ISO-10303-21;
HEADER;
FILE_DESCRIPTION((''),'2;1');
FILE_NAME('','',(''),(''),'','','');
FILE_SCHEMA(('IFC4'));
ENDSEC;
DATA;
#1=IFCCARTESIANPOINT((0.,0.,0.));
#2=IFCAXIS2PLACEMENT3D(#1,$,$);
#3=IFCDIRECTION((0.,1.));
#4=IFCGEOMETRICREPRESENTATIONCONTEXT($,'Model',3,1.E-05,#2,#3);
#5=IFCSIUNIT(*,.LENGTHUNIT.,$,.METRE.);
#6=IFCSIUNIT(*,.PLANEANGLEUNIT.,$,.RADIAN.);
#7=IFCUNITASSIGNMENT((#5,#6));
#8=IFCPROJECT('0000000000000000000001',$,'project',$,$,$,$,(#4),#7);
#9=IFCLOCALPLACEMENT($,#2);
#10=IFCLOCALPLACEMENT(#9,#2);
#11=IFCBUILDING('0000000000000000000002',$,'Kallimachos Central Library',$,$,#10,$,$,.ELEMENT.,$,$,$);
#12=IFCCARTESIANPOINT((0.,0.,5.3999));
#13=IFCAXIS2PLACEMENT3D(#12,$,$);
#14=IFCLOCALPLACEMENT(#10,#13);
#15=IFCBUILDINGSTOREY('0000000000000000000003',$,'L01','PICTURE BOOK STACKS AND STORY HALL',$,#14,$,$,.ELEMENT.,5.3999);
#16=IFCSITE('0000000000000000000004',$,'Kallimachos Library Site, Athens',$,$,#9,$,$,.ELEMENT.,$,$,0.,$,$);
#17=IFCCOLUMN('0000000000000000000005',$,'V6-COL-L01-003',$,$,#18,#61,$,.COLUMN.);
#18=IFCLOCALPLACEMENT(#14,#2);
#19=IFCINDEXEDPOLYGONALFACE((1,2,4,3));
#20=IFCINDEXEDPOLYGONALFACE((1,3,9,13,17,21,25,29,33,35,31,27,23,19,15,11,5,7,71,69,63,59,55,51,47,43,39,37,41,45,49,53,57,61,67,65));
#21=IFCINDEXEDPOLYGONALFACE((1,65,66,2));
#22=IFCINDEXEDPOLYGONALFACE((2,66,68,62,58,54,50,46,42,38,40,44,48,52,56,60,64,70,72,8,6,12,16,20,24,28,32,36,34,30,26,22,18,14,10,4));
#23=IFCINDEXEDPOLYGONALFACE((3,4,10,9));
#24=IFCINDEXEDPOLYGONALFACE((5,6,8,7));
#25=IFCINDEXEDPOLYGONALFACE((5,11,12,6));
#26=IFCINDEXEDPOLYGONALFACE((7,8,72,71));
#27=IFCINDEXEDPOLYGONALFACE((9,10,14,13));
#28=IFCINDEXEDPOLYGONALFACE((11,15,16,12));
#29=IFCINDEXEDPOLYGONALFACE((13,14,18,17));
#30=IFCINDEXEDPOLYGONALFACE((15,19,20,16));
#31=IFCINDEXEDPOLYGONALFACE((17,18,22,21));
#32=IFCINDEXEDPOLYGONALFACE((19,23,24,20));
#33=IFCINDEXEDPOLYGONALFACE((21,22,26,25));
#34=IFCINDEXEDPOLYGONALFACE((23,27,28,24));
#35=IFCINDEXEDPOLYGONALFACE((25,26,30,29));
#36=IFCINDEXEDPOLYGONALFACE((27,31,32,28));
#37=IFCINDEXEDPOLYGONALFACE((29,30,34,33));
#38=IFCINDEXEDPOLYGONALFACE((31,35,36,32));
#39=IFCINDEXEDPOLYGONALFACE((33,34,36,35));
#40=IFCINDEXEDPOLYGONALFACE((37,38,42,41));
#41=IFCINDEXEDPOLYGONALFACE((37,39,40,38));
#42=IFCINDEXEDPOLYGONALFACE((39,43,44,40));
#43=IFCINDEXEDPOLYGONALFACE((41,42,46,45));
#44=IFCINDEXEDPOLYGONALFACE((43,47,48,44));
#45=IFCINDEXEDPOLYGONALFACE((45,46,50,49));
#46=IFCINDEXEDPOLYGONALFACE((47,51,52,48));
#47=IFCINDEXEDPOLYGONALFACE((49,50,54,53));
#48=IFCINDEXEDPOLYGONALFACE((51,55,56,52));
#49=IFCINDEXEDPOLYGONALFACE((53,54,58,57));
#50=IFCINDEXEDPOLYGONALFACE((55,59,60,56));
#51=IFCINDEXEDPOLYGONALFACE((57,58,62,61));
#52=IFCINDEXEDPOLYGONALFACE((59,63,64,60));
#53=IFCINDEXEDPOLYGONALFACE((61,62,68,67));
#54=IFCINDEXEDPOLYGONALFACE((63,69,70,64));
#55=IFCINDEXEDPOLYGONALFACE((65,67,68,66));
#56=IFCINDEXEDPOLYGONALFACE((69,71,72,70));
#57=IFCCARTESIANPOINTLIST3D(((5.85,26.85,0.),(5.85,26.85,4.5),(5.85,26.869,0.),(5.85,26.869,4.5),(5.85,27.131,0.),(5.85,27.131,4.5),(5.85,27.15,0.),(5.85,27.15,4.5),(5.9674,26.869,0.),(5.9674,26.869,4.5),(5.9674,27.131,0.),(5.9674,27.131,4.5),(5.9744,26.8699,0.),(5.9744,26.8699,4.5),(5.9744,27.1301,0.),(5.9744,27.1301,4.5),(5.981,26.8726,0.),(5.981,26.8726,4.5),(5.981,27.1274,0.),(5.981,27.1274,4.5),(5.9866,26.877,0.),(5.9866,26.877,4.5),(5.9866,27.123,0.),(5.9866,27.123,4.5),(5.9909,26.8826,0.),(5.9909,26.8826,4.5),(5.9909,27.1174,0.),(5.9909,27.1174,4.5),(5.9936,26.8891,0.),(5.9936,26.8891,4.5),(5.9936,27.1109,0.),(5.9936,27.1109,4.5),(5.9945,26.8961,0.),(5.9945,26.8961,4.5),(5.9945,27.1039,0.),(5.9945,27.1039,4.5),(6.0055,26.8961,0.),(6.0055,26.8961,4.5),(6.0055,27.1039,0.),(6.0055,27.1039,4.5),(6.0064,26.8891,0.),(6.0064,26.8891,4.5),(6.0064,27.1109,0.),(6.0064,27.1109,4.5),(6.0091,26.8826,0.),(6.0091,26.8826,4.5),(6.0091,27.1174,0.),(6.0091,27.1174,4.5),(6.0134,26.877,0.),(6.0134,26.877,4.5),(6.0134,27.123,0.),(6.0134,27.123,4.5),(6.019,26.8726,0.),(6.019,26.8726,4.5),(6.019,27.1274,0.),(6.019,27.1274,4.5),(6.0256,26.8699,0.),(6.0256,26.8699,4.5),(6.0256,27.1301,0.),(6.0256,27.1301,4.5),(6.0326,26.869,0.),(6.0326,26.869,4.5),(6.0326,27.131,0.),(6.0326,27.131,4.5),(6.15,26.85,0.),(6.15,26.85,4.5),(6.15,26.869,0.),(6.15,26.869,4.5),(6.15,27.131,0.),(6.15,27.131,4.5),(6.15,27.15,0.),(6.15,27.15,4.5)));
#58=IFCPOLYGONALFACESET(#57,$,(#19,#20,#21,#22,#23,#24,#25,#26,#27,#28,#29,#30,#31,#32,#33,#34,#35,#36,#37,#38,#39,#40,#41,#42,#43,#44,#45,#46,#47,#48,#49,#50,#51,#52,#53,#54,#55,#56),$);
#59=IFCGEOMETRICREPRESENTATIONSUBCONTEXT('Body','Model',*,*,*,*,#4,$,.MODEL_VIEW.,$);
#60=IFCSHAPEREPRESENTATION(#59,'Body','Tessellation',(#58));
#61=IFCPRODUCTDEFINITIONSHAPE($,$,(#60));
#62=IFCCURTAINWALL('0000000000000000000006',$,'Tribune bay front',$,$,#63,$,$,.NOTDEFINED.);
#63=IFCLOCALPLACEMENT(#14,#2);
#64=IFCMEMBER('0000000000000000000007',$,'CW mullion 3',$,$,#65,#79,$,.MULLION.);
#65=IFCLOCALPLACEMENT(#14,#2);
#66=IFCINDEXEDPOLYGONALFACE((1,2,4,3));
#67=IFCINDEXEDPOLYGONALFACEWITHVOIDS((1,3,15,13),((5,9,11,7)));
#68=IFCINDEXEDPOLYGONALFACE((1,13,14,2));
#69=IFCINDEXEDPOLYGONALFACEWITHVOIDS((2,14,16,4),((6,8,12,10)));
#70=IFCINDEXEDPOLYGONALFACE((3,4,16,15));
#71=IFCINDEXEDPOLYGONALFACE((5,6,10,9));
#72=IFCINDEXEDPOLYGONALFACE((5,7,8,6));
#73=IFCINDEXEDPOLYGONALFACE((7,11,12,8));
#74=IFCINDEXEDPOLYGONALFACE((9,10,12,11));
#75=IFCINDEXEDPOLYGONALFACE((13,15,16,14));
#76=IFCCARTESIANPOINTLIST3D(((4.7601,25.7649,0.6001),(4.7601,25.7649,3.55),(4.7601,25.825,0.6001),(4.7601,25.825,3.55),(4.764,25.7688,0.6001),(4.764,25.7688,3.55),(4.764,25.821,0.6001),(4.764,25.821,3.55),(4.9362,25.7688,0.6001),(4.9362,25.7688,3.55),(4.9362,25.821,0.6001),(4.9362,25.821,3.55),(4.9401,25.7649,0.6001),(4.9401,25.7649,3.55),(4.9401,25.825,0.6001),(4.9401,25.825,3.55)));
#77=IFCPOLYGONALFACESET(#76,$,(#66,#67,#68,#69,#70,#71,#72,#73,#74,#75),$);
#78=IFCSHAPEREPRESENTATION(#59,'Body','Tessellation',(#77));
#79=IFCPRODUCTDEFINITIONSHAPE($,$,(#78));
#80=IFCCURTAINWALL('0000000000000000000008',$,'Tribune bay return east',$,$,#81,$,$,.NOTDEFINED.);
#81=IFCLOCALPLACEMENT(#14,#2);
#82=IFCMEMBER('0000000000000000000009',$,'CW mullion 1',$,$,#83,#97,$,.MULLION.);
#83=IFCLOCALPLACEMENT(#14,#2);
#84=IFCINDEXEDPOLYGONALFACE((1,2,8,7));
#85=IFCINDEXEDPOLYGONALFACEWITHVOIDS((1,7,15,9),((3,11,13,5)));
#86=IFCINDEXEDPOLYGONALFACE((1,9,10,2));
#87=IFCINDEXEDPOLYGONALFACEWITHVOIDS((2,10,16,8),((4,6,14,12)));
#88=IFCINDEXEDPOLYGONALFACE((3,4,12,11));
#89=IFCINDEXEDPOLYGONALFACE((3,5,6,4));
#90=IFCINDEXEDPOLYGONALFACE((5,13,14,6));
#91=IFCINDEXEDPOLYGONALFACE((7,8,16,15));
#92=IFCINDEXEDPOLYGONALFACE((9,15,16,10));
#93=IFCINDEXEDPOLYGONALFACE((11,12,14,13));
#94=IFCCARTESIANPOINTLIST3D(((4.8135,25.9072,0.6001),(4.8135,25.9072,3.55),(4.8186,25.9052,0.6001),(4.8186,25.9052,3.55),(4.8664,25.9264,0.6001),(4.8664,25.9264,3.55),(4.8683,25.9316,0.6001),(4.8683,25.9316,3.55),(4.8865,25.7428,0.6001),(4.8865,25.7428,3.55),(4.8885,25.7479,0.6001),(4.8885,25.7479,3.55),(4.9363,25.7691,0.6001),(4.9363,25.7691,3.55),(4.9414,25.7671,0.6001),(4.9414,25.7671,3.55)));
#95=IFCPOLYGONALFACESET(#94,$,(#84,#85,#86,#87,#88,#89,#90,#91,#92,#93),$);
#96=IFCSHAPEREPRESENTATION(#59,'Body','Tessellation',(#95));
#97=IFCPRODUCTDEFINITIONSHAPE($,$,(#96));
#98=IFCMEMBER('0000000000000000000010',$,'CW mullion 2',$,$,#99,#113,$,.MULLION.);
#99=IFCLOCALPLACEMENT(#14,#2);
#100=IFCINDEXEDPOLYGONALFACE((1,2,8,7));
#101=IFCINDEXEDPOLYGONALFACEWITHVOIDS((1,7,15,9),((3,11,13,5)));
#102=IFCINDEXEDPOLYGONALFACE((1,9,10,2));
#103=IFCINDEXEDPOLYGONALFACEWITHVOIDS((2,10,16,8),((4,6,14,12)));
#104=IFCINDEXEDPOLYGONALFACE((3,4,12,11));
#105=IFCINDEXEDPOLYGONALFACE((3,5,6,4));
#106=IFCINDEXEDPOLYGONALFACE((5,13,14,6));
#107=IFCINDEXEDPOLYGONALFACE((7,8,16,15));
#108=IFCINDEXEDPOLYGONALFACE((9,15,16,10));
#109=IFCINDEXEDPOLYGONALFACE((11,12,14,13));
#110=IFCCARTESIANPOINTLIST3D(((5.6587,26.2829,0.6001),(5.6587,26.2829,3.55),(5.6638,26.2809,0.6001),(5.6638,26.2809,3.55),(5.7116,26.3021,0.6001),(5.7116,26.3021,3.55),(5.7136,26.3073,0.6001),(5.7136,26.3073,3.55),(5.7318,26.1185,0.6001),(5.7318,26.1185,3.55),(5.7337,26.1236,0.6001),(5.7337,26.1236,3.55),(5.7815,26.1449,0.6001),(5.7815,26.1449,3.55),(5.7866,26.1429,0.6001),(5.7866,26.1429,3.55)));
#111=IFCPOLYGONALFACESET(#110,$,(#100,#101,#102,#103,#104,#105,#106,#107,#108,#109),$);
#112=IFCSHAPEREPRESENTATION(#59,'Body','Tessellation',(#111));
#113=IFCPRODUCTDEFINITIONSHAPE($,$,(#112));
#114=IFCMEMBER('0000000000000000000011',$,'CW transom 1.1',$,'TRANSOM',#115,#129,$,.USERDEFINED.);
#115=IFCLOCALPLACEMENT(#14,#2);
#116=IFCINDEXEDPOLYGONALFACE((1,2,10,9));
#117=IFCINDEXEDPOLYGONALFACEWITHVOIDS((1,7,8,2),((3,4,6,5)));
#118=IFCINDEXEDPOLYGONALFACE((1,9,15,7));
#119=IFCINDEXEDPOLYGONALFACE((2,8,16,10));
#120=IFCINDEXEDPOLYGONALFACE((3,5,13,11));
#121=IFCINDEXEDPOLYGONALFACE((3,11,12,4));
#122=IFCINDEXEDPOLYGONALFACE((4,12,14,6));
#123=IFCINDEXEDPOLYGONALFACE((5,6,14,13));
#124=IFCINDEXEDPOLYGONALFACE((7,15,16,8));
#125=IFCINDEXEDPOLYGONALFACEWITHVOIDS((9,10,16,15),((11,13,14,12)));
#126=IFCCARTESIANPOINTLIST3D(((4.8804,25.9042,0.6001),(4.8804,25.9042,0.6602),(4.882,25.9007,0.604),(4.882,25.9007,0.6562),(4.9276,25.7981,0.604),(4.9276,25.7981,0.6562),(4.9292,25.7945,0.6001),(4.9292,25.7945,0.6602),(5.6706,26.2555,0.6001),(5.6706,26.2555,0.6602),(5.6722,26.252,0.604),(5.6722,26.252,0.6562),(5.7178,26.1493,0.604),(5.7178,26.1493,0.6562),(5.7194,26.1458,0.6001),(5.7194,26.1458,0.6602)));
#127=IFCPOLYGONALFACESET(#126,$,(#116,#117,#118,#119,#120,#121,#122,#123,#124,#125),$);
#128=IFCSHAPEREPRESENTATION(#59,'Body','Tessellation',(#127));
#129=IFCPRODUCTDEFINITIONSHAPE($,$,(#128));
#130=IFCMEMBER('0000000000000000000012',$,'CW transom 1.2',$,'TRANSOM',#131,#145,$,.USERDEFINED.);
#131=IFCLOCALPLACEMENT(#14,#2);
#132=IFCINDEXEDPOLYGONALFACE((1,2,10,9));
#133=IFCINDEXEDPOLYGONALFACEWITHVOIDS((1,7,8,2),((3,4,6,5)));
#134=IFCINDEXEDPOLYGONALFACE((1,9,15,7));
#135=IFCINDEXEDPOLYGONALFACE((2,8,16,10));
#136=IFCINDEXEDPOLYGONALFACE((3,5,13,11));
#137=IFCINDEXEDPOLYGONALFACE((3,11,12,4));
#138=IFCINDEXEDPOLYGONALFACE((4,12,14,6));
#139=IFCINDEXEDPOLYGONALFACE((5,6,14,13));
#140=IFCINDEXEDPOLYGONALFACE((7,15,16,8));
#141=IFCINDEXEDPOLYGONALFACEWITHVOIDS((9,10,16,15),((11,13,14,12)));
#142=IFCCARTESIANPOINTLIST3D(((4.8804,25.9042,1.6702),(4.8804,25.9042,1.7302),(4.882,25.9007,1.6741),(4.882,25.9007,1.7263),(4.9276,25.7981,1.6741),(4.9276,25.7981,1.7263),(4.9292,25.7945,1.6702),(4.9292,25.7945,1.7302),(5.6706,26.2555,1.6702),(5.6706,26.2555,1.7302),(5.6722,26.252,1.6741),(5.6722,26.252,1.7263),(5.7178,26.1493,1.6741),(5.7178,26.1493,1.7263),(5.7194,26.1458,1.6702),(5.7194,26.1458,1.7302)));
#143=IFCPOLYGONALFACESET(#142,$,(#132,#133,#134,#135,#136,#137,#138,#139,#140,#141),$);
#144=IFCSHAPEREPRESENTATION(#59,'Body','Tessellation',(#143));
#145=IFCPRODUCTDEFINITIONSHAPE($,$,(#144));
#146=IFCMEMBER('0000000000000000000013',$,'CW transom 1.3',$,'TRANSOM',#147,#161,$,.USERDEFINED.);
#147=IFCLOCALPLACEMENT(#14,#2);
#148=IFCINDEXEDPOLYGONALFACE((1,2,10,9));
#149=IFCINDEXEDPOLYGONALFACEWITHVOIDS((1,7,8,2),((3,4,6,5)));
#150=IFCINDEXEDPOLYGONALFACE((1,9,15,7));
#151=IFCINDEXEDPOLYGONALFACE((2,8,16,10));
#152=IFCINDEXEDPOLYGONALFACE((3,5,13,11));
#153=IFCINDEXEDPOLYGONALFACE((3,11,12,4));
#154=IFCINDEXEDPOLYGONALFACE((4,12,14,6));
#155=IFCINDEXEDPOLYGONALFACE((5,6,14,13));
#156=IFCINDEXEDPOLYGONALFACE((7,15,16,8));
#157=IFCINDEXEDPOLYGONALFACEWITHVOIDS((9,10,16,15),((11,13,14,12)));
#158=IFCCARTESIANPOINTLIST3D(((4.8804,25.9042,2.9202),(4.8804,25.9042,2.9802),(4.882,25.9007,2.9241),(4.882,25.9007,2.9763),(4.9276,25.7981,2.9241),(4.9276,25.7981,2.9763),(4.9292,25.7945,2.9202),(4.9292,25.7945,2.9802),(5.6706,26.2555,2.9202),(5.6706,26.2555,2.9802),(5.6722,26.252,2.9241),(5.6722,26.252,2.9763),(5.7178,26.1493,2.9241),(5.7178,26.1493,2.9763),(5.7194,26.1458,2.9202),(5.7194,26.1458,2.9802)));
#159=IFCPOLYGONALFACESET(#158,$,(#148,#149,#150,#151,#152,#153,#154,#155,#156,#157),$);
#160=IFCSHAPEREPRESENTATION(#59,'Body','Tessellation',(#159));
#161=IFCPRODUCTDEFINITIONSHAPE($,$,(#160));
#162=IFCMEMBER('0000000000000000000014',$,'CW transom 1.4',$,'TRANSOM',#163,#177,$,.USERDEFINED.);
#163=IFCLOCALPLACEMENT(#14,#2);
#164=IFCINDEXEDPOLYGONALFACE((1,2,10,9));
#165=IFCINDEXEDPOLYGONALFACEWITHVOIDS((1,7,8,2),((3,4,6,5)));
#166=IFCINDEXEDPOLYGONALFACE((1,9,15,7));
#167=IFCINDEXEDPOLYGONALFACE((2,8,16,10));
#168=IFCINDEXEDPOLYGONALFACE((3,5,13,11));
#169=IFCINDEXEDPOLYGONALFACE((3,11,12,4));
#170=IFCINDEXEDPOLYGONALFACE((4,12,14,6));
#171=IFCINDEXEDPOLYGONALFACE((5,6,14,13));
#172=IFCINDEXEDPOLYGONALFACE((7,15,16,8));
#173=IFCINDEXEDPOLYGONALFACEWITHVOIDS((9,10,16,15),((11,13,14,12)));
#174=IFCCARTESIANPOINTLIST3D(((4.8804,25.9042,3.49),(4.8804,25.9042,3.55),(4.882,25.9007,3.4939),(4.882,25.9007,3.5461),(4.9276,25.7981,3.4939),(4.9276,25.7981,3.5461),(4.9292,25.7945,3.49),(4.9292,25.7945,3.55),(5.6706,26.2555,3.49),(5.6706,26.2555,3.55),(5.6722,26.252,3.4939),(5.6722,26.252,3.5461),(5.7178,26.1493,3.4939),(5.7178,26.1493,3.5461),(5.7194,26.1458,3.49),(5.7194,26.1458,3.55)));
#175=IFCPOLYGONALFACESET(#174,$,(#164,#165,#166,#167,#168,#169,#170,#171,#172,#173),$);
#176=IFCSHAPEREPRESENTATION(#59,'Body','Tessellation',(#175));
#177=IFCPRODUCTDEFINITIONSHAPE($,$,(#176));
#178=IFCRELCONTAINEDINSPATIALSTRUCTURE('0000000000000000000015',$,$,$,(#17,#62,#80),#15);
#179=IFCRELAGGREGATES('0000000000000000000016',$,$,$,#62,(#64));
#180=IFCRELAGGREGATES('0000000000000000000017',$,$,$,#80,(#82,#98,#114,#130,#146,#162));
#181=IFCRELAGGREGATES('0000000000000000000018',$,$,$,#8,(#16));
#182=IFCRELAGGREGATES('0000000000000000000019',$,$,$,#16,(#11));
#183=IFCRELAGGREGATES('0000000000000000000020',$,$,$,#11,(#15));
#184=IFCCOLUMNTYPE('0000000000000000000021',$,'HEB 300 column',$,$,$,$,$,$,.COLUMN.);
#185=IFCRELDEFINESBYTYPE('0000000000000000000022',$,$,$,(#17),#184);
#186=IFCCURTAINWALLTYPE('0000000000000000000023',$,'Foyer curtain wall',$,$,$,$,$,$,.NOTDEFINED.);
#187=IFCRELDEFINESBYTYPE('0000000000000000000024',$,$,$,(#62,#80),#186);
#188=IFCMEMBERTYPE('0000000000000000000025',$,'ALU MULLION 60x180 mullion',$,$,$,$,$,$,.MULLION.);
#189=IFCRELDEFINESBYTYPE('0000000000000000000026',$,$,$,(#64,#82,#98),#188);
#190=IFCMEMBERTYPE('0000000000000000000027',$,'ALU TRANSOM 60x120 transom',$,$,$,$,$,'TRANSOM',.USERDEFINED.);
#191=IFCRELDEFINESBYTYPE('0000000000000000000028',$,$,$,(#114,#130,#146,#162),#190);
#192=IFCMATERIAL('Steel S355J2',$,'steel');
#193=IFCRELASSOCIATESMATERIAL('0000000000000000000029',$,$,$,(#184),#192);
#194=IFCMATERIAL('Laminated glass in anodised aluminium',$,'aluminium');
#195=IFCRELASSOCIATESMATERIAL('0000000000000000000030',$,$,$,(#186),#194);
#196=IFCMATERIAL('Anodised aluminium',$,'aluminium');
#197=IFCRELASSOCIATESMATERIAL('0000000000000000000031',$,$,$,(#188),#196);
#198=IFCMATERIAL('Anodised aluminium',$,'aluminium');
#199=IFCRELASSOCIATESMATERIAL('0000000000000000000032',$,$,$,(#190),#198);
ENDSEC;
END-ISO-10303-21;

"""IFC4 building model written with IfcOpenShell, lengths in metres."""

from ifc_helpers import new_model, si_unit, direction, frame, origin, origin_2d, place, context, subcontext, project, spatial, hollow_rectangle, i_section, extrude, material, material_profile, profile_set, type_object, element, aggregate, save


model = new_model("IFC4")

# Units and contexts
model_context = context("Model", 3, precision=1e-05, world=origin(), true_north=direction((0.0, 1.0)))
body_context = subcontext(model_context, "Body", "Model", "MODEL_VIEW")
ifc_project = project(units=[si_unit("LENGTHUNIT", "METRE"), si_unit("PLANEANGLEUNIT", "RADIAN")], contexts=[model_context])

# Site, building, storey
site_placement = place(None, origin())
site = spatial("IfcSite", under=ifc_project, at=site_placement, Name="Kallimachos Library Site, Athens", CompositionType="ELEMENT", RefElevation=0.0)
building_placement = place(site_placement, origin())
building = spatial("IfcBuilding", under=site, at=building_placement, Name="Kallimachos Central Library", CompositionType="ELEMENT")
storey_placement = place(building_placement, frame((0.0, 0.0, 5.3999)))
storey = spatial("IfcBuildingStorey", under=building, at=storey_placement, Name="L01", Description="PICTURE BOOK STACKS AND STORY HALL", CompositionType="ELEMENT", Elevation=5.3999)

# Column
ifc_material_1 = material(Name="Steel S355J2", Category="steel")
ifc_material_profile_1 = material_profile(ifc_material_1, i_section(OverallWidth=0.3, OverallDepth=0.3, WebThickness=0.011, FlangeThickness=0.019, FilletRadius=0.0271, at=origin_2d()), Name="HEB 300")
ifc_profile_set_1 = profile_set([ifc_material_profile_1], Name="Steel S355J2")
column_type = type_object("IfcColumnType", Name="HEB 300 column", PredefinedType="COLUMN", material=ifc_profile_set_1)
column_placement = place(storey_placement, frame((6.0, 27.0, 0.0), z_axis=(0.0, 0.0, 1.0), x_axis=(1.0, 0.0, 0.0)))
element("IfcColumn", 1, at=column_placement, inside=storey, type_object=column_type, Name="V6-COL-L01-003", PredefinedType="COLUMN", context=body_context, shape_type="SweptSolid", body=[
    extrude(i_section(OverallWidth=0.3, OverallDepth=0.3, WebThickness=0.011, FlangeThickness=0.019, FilletRadius=0.0271, at=origin_2d()), origin(), (0.0, 0.0, 1.0), 4.5),
])

# Curtain wall, member
ifc_material_2 = material(Name="Laminated glass in anodised aluminium", Category="aluminium")
curtain_wall_type = type_object("IfcCurtainWallType", Name="Foyer curtain wall", PredefinedType="NOTDEFINED", material=ifc_material_2)
curtain_wall_1_placement = place(storey_placement, origin())
curtain_wall_1 = element("IfcCurtainWall", 2, at=curtain_wall_1_placement, inside=storey, type_object=curtain_wall_type, Name="Tribune bay front", PredefinedType="NOTDEFINED")
ifc_material_3 = material(Name="Anodised aluminium", Category="aluminium")
ifc_material_profile_2 = material_profile(ifc_material_3, hollow_rectangle(XDim=0.0601, YDim=0.1799, WallThickness=0.0039, at=origin_2d()), Name="ALU MULLION 60x180")
ifc_profile_set_2 = profile_set([ifc_material_profile_2], Name="Anodised aluminium")
member_type_1 = type_object("IfcMemberType", Name="ALU MULLION 60x180 mullion", PredefinedType="MULLION", material=ifc_profile_set_2)
member_1_placement = place(storey_placement, frame((4.8501, 25.7949, 0.6001), z_axis=(0.0, 0.0, 1.0), x_axis=(0.0, 1.0, 0.0)))
member_1 = element("IfcMember", 3, at=member_1_placement, type_object=member_type_1, Name="CW mullion 3", PredefinedType="MULLION", context=body_context, shape_type="SweptSolid", body=[
    extrude(hollow_rectangle(XDim=0.0601, YDim=0.1799, WallThickness=0.0039, at=origin_2d()), origin(), (0.0, 0.0, 1.0), 2.95),
])
aggregate(curtain_wall_1, [member_1])

# Curtain wall, members
curtain_wall_2_placement = place(storey_placement, origin())
curtain_wall_2 = element("IfcCurtainWall", 4, at=curtain_wall_2_placement, inside=storey, type_object=curtain_wall_type, Name="Tribune bay return east", PredefinedType="NOTDEFINED")
member_2_placement = place(storey_placement, frame((4.8774, 25.8372, 0.6001), z_axis=(0.0, 0.0, 1.0), x_axis=(0.913812, 0.406138, 0.0)))
member_2 = element("IfcMember", 5, at=member_2_placement, type_object=member_type_1, Name="CW mullion 1", PredefinedType="MULLION", context=body_context, shape_type="SweptSolid", body=[
    extrude(hollow_rectangle(XDim=0.0601, YDim=0.1799, WallThickness=0.0039, at=origin_2d()), origin(), (0.0, 0.0, 1.0), 2.95),
])
member_3_placement = place(storey_placement, frame((5.7227, 26.2129, 0.6001), z_axis=(0.0, 0.0, 1.0), x_axis=(0.913812, 0.406138, 0.0)))
member_3 = element("IfcMember", 6, at=member_3_placement, type_object=member_type_1, Name="CW mullion 2", PredefinedType="MULLION", context=body_context, shape_type="SweptSolid", body=[
    extrude(hollow_rectangle(XDim=0.0601, YDim=0.1799, WallThickness=0.0039, at=origin_2d()), origin(), (0.0, 0.0, 1.0), 2.95),
])
ifc_material_4 = material(Name="Anodised aluminium", Category="aluminium")
ifc_material_profile_3 = material_profile(ifc_material_4, hollow_rectangle(XDim=0.0601, YDim=0.1201, WallThickness=0.0039, at=origin_2d()), Name="ALU TRANSOM 60x120")
ifc_profile_set_3 = profile_set([ifc_material_profile_3], Name="Anodised aluminium")
member_type_2 = type_object("IfcMemberType", Name="ALU TRANSOM 60x120 transom", ElementType="TRANSOM", PredefinedType="USERDEFINED", material=ifc_profile_set_3)
member_4_placement = place(storey_placement, frame((4.9048, 25.8494, 0.6301), z_axis=(0.913777, 0.406217, 0.0), x_axis=(0.0, 0.0, 1.0)))
member_4 = element("IfcMember", 7, at=member_4_placement, type_object=member_type_2, Name="CW transom 1.1", ObjectType="TRANSOM", PredefinedType="USERDEFINED", context=body_context, shape_type="SweptSolid", body=[
    extrude(hollow_rectangle(XDim=0.0601, YDim=0.1201, WallThickness=0.0039, at=origin_2d()), origin(), (0.0, 0.0, 1.0), 0.8647),
])
member_5_placement = place(storey_placement, frame((4.9048, 25.8494, 1.7002), z_axis=(0.913777, 0.406217, 0.0), x_axis=(0.0, 0.0, 1.0)))
member_5 = element("IfcMember", 8, at=member_5_placement, type_object=member_type_2, Name="CW transom 1.2", ObjectType="TRANSOM", PredefinedType="USERDEFINED", context=body_context, shape_type="SweptSolid", body=[
    extrude(hollow_rectangle(XDim=0.0601, YDim=0.1201, WallThickness=0.0039, at=origin_2d()), origin(), (0.0, 0.0, 1.0), 0.8647),
])
member_6_placement = place(storey_placement, frame((4.9048, 25.8494, 2.9502), z_axis=(0.913777, 0.406217, 0.0), x_axis=(0.0, 0.0, 1.0)))
member_6 = element("IfcMember", 9, at=member_6_placement, type_object=member_type_2, Name="CW transom 1.3", ObjectType="TRANSOM", PredefinedType="USERDEFINED", context=body_context, shape_type="SweptSolid", body=[
    extrude(hollow_rectangle(XDim=0.0601, YDim=0.1201, WallThickness=0.0039, at=origin_2d()), origin(), (0.0, 0.0, 1.0), 0.8647),
])
member_7_placement = place(storey_placement, frame((4.9048, 25.8494, 3.52), z_axis=(0.913777, 0.406217, 0.0), x_axis=(0.0, 0.0, 1.0)))
member_7 = element("IfcMember", 10, at=member_7_placement, type_object=member_type_2, Name="CW transom 1.4", ObjectType="TRANSOM", PredefinedType="USERDEFINED", context=body_context, shape_type="SweptSolid", body=[
    extrude(hollow_rectangle(XDim=0.0601, YDim=0.1201, WallThickness=0.0039, at=origin_2d()), origin(), (0.0, 0.0, 1.0), 0.8647),
])

aggregate(curtain_wall_2, [member_2, member_3, member_4, member_5, member_6, member_7])

save(model, "model.ifc")
